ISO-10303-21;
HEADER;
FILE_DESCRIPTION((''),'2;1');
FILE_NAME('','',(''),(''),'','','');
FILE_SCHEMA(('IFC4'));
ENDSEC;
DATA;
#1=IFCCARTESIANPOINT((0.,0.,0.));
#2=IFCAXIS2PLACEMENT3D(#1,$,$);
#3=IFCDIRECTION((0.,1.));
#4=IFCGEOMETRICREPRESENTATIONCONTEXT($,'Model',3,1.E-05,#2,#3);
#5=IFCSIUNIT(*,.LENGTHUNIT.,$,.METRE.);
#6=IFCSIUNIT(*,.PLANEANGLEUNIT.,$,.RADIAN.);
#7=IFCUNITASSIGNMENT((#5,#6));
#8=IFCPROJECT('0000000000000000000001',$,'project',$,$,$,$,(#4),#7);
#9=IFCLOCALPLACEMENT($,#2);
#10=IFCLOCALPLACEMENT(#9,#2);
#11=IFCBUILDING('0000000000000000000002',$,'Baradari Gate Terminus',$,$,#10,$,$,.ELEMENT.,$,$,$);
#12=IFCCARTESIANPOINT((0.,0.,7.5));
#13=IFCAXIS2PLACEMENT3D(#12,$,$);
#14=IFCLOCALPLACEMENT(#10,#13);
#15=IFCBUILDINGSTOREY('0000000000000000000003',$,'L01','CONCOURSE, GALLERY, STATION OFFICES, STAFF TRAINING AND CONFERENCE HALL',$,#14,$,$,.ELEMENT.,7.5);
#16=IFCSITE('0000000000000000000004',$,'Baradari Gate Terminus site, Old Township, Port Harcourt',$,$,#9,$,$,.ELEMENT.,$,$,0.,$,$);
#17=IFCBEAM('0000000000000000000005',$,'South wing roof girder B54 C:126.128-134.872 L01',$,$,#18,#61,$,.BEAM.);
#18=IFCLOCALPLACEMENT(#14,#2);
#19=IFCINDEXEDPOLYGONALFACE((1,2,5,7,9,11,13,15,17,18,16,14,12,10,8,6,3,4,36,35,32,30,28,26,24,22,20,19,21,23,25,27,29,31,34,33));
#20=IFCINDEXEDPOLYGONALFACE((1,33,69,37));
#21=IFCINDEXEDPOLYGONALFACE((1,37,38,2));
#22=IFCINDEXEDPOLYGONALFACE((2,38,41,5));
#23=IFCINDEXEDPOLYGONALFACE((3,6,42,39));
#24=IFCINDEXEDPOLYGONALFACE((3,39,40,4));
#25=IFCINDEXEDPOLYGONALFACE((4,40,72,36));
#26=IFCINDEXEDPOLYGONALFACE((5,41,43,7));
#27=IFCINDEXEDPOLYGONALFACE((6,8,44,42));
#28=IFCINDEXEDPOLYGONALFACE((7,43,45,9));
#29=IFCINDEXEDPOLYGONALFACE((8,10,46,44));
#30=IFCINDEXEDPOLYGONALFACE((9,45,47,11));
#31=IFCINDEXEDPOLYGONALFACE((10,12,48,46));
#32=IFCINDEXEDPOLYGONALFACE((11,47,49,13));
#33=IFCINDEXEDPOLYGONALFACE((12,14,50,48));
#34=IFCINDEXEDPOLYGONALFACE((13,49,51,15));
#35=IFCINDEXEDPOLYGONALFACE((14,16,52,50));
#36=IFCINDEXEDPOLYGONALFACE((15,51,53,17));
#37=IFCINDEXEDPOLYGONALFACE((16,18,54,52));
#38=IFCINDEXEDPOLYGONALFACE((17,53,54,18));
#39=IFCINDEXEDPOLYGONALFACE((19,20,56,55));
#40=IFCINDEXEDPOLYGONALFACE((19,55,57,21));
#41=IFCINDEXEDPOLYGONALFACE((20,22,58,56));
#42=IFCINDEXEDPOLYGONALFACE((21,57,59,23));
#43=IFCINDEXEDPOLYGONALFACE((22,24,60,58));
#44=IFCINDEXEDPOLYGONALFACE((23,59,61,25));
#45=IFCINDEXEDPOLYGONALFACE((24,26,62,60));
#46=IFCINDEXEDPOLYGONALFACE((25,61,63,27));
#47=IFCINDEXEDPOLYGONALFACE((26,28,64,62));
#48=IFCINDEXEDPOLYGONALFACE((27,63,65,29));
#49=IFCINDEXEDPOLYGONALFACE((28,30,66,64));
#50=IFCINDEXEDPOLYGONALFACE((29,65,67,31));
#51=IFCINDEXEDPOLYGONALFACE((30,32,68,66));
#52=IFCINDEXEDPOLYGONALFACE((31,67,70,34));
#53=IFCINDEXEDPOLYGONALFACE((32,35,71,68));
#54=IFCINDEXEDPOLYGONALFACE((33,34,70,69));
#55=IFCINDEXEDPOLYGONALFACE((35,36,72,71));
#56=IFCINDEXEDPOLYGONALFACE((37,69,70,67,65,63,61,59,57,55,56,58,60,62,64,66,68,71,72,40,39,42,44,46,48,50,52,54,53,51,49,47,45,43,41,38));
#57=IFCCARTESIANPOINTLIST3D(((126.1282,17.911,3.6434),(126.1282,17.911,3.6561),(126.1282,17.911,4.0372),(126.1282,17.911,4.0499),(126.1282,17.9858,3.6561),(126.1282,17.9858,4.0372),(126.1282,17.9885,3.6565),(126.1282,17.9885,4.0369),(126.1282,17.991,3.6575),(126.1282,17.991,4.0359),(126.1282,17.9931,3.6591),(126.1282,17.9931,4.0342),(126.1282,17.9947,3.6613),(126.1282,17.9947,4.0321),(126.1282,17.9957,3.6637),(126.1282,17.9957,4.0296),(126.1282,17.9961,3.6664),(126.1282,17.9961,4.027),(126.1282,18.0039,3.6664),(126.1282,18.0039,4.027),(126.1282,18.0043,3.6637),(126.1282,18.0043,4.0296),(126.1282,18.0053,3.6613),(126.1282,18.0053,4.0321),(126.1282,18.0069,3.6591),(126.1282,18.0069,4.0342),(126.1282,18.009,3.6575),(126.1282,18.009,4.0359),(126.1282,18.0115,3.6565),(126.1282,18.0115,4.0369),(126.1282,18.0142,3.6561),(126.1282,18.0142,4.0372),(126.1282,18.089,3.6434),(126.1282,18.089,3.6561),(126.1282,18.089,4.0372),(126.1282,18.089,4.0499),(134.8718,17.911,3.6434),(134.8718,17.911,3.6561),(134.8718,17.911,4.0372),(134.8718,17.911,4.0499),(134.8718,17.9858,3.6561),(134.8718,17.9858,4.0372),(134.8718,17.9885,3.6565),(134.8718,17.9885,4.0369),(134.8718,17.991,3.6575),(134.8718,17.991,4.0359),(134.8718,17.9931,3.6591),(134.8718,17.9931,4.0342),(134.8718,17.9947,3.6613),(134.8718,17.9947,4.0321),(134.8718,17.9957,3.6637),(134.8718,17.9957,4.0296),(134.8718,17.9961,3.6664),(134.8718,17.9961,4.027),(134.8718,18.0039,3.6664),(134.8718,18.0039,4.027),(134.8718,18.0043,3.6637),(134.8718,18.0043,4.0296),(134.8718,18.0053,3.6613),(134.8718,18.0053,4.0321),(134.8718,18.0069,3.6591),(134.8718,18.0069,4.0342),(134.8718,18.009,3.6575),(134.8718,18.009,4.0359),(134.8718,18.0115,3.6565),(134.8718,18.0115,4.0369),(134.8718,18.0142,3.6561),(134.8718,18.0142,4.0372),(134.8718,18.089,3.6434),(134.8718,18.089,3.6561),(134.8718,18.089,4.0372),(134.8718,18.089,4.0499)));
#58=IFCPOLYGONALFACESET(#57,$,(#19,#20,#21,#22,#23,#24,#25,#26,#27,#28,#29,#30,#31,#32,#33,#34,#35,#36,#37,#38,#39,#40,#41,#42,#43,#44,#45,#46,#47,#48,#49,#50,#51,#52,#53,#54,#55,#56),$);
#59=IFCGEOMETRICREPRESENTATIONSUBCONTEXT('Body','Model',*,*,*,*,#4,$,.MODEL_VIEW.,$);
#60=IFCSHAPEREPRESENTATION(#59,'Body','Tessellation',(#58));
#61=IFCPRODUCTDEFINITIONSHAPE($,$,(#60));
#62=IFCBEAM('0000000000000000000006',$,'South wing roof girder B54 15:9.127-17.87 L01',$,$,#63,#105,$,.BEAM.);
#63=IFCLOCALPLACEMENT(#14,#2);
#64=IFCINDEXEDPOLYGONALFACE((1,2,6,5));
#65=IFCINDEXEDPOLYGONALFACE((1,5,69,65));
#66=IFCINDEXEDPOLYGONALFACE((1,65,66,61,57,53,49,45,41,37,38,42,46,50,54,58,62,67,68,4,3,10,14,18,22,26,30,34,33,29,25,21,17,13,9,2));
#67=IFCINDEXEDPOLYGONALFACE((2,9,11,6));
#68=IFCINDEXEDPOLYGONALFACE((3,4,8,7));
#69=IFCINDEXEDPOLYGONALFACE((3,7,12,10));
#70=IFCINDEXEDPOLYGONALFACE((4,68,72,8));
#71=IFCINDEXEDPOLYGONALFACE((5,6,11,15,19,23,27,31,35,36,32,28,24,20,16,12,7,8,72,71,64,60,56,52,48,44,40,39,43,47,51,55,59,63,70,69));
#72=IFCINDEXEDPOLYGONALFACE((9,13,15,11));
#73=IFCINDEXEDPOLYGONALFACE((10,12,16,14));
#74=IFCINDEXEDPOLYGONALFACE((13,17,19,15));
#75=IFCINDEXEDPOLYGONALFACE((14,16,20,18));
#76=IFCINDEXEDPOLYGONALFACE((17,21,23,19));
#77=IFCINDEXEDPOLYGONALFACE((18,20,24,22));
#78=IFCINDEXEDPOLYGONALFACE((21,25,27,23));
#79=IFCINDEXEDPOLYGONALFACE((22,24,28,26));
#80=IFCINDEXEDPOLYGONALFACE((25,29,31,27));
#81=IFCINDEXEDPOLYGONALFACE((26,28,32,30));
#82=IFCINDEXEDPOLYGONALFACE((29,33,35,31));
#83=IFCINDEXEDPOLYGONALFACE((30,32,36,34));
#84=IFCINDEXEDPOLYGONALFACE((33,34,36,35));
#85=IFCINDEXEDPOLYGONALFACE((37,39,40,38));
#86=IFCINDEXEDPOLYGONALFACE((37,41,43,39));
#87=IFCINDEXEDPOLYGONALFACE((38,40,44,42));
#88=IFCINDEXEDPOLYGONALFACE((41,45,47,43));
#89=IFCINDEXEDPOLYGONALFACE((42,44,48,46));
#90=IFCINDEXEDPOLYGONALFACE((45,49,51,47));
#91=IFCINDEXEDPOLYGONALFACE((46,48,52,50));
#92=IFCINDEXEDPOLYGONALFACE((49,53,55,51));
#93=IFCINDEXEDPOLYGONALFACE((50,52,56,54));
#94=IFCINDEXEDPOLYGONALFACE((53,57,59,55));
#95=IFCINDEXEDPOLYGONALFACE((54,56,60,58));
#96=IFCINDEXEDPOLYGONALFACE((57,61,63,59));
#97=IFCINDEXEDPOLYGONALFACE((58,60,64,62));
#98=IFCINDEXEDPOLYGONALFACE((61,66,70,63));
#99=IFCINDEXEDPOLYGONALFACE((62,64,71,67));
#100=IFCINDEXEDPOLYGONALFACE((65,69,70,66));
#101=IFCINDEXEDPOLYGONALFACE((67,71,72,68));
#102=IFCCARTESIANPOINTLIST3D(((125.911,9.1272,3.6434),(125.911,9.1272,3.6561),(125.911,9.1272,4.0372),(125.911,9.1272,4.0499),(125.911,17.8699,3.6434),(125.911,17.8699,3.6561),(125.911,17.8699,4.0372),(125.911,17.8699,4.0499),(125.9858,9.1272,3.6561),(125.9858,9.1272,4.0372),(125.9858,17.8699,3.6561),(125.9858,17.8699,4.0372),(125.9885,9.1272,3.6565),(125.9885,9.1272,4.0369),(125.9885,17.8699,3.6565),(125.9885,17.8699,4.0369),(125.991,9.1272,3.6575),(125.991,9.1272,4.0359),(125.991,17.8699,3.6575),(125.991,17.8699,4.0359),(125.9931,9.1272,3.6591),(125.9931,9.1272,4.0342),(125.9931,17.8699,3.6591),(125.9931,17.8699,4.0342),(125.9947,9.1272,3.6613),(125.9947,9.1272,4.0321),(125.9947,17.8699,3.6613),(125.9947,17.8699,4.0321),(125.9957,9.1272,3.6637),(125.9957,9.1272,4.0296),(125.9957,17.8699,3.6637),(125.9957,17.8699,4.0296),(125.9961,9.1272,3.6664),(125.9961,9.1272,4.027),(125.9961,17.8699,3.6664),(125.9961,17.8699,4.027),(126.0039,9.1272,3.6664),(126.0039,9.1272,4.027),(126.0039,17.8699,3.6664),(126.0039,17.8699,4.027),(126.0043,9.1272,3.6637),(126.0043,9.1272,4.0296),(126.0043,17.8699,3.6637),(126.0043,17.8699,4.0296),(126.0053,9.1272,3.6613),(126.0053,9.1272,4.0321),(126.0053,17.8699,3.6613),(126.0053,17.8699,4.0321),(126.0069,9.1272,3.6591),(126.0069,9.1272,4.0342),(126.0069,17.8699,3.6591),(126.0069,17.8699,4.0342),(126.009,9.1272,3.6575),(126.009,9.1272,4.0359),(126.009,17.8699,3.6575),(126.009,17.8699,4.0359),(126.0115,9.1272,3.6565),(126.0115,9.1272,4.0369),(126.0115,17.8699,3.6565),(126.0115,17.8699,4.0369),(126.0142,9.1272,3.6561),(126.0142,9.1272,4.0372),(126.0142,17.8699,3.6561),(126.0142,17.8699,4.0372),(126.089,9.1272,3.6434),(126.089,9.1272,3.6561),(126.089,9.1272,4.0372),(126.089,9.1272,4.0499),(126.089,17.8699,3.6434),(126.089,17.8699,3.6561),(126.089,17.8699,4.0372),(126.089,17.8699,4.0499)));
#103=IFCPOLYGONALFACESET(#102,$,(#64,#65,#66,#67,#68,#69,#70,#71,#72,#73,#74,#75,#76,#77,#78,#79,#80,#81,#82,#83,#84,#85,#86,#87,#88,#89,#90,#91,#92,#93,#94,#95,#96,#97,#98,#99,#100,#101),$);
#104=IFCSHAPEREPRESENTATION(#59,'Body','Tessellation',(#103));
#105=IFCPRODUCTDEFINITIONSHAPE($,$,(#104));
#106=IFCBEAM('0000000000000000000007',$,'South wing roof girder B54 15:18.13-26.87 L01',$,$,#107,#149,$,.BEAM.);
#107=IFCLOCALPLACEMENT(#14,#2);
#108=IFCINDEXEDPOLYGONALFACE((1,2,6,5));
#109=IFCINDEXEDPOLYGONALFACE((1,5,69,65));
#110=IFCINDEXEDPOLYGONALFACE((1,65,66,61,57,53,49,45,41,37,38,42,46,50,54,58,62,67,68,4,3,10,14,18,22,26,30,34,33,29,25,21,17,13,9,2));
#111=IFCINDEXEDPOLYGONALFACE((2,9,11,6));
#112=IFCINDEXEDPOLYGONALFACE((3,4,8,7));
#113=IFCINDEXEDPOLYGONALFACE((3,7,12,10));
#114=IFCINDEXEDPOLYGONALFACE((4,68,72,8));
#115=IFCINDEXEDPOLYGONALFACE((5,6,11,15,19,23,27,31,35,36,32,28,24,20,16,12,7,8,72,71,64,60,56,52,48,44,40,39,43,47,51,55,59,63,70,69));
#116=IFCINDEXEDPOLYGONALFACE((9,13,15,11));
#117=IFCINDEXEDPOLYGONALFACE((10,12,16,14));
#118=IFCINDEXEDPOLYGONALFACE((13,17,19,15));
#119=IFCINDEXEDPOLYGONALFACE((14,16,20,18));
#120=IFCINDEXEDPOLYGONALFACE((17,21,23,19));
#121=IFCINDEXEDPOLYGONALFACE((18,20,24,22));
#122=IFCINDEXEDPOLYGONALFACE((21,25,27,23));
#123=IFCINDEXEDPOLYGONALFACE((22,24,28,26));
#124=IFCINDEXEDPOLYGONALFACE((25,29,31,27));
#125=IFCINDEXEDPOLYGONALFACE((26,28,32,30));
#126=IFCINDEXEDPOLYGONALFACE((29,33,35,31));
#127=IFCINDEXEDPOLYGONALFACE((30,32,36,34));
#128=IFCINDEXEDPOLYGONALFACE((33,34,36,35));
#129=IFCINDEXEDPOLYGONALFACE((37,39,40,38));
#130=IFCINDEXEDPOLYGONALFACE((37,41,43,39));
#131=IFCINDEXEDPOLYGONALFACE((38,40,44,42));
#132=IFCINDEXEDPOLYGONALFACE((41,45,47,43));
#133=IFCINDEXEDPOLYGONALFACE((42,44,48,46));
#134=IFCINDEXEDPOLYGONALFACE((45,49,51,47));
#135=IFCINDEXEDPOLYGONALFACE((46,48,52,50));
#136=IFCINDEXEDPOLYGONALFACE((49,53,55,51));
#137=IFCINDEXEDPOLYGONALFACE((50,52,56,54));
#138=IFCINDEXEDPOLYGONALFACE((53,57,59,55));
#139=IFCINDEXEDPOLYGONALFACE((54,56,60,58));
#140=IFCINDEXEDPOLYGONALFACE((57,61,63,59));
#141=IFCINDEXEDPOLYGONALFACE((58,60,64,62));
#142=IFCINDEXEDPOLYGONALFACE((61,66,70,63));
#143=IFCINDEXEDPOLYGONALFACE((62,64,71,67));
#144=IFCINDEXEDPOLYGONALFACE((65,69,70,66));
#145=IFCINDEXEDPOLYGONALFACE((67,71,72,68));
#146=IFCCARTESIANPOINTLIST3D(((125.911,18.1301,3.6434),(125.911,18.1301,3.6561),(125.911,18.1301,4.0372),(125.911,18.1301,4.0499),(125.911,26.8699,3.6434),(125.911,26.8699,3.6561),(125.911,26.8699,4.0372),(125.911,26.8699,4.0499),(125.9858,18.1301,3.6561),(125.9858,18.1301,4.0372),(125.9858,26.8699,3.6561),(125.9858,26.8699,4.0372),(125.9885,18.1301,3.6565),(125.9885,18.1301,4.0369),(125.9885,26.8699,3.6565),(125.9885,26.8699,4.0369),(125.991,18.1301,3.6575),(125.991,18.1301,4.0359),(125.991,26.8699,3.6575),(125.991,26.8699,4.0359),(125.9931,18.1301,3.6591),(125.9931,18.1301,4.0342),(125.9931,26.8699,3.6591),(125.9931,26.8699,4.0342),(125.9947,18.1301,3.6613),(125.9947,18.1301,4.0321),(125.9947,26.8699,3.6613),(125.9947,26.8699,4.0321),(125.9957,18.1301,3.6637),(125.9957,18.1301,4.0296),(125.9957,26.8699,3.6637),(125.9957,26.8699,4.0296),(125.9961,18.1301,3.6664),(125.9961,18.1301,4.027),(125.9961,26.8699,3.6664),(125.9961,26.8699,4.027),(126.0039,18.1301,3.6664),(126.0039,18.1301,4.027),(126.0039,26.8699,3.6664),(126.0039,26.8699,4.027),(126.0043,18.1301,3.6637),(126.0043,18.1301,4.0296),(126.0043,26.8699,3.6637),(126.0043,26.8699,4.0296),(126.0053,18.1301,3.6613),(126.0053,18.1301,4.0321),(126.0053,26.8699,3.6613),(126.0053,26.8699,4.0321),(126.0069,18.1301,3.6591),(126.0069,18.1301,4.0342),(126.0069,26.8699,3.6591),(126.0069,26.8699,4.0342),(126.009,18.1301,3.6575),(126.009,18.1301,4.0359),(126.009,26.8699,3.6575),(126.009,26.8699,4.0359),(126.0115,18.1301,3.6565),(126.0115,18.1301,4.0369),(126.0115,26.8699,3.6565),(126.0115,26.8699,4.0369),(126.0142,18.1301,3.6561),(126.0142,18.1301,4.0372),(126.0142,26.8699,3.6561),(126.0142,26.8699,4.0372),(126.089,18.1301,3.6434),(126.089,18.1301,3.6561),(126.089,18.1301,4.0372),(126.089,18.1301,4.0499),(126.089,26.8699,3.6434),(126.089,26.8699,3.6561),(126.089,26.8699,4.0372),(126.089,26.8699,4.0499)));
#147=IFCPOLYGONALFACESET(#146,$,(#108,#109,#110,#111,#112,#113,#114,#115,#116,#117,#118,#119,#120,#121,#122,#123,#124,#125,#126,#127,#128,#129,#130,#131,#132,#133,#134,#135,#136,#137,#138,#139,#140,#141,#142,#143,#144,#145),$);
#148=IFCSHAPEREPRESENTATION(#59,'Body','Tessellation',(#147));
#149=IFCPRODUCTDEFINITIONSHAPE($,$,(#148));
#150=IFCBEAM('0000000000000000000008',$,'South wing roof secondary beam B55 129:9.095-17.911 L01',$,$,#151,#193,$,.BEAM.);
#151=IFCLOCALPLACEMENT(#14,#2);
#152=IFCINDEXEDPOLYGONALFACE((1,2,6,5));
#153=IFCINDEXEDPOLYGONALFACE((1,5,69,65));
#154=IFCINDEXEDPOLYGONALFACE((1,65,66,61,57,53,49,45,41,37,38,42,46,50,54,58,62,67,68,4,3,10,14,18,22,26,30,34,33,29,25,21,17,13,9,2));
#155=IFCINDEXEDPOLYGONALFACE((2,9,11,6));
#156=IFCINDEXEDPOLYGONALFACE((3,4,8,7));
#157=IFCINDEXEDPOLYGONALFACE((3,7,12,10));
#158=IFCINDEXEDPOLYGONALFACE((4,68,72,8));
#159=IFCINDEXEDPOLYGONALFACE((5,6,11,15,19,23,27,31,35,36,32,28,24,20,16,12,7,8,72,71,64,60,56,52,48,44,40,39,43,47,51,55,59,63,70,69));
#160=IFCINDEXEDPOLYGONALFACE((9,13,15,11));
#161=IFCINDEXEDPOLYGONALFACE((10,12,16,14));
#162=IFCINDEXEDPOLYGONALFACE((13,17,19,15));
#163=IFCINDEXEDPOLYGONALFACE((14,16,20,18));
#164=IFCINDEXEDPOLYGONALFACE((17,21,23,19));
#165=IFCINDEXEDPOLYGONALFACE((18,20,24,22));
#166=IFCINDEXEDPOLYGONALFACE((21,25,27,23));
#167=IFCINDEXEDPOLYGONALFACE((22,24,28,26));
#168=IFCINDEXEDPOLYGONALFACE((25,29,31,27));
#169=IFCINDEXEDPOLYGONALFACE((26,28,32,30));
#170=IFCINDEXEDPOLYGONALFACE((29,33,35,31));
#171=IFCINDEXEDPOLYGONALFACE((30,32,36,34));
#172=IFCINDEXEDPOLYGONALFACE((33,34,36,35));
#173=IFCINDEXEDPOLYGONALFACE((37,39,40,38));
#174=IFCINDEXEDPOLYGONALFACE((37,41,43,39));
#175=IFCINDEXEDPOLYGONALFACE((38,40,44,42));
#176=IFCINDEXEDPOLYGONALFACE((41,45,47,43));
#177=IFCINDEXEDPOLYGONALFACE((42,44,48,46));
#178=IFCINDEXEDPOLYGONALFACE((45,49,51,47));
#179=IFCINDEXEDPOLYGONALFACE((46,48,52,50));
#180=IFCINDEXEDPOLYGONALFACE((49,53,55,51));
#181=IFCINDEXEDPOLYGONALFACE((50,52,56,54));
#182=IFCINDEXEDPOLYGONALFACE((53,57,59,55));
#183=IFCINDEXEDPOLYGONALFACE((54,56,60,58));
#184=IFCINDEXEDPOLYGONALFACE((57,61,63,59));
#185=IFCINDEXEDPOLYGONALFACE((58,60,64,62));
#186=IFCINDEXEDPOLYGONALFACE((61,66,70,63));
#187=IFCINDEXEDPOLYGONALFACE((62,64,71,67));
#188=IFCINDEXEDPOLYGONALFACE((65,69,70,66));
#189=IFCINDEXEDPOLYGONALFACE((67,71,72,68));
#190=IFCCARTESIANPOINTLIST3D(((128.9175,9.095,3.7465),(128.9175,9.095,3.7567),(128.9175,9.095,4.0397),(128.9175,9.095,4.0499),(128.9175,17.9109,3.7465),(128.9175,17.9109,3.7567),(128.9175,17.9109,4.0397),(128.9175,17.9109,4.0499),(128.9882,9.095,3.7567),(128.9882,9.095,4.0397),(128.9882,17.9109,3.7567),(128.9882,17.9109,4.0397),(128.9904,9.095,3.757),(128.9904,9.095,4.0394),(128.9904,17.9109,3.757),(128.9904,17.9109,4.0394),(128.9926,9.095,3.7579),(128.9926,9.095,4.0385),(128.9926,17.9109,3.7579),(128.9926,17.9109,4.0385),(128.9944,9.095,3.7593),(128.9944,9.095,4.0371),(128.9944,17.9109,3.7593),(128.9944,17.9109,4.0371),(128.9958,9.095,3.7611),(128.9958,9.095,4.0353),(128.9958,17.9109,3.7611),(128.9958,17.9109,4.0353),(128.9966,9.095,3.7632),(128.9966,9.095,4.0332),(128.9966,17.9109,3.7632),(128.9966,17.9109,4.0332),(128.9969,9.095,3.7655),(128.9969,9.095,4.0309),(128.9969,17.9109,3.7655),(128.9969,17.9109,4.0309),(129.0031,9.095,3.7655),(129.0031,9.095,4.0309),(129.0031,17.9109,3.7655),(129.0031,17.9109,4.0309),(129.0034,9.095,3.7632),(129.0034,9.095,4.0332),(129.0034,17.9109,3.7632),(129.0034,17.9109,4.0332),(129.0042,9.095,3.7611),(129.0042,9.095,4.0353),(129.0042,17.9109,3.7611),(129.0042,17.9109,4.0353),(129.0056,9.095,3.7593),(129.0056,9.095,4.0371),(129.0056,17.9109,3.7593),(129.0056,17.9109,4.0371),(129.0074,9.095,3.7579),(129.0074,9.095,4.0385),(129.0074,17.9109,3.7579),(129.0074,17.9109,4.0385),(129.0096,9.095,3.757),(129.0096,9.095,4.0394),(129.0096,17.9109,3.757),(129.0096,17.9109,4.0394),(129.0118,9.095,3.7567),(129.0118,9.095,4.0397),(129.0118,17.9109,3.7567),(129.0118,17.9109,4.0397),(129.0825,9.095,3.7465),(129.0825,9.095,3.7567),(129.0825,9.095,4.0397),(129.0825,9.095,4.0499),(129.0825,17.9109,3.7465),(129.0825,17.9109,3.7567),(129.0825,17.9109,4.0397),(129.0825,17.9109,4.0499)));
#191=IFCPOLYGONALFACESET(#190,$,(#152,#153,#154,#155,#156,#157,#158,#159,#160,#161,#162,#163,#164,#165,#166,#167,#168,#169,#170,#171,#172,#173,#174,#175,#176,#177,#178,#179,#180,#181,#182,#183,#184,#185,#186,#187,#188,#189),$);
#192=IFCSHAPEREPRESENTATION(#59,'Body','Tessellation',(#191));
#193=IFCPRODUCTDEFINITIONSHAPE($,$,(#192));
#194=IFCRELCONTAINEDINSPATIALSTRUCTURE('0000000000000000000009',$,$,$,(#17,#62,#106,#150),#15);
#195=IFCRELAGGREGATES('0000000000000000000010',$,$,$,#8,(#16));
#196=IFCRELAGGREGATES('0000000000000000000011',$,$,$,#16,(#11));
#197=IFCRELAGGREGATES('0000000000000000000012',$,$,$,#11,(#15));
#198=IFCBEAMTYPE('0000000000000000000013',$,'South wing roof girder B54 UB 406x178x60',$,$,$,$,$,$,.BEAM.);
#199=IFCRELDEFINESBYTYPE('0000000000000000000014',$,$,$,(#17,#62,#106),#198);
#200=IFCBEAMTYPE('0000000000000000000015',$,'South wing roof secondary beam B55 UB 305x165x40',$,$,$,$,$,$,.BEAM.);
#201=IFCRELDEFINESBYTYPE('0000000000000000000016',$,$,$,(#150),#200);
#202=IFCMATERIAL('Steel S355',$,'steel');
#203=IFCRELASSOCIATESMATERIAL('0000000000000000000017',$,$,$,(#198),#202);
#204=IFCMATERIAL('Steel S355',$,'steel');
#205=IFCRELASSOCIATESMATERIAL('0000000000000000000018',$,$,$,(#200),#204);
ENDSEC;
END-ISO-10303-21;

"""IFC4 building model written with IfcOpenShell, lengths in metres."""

from ifc_helpers import new_model, si_unit, direction, frame, origin, origin_2d, place, context, subcontext, project, spatial, i_section, extrude, material, material_profile, profile_set, type_object, element, save


model = new_model("IFC4")

# Units and contexts
model_context = context("Model", 3, precision=1e-05, world=origin(), true_north=direction((0.0, 1.0)))
body_context = subcontext(model_context, "Body", "Model", "MODEL_VIEW")
ifc_project = project(units=[si_unit("LENGTHUNIT", "METRE"), si_unit("PLANEANGLEUNIT", "RADIAN")], contexts=[model_context])

# Site, building, storey
site_placement = place(None, origin())
site = spatial("IfcSite", under=ifc_project, at=site_placement, Name="Baradari Gate Terminus site, Old Township, Port Harcourt", CompositionType="ELEMENT", RefElevation=0.0)
building_placement = place(site_placement, origin())
building = spatial("IfcBuilding", under=site, at=building_placement, Name="Baradari Gate Terminus", CompositionType="ELEMENT")
storey_placement = place(building_placement, frame((0.0, 0.0, 7.5)))
storey = spatial("IfcBuildingStorey", under=building, at=storey_placement, Name="L01", Description="CONCOURSE, GALLERY, STATION OFFICES, STAFF TRAINING AND CONFERENCE HALL", CompositionType="ELEMENT", Elevation=7.5)

# Beams
ifc_material_1 = material(Name="Steel S355", Category="steel")
ifc_material_profile_1 = material_profile(ifc_material_1, i_section(OverallWidth=0.178, OverallDepth=0.4065, WebThickness=0.0078, FlangeThickness=0.0127, FilletRadius=0.0103, at=origin_2d()), Name="UB 406x178x60")
ifc_profile_set_1 = profile_set([ifc_material_profile_1], Name="Steel S355")
beam_type_1 = type_object("IfcBeamType", Name="South wing roof girder B54 UB 406x178x60", PredefinedType="BEAM", material=ifc_profile_set_1)
beam_1_placement = place(storey_placement, frame((126.1282, 18.0, 3.8467), z_axis=(1.0, 0.0, 0.0), x_axis=(0.0, 1.0, 0.0)))
element("IfcBeam", 1, at=beam_1_placement, inside=storey, type_object=beam_type_1, Name="South wing roof girder B54 C:126.128-134.872 L01", PredefinedType="BEAM", context=body_context, shape_type="SweptSolid", body=[
    extrude(i_section(OverallWidth=0.178, OverallDepth=0.4065, WebThickness=0.0078, FlangeThickness=0.0127, FilletRadius=0.0103, at=origin_2d()), origin(), (0.0, 0.0, 1.0), 8.7437),
])
beam_2_placement = place(storey_placement, frame((126.0, 9.1272, 3.8467), z_axis=(0.0, 1.0, 0.0), x_axis=(-1.0, 0.0, 0.0)))
element("IfcBeam", 2, at=beam_2_placement, inside=storey, type_object=beam_type_1, Name="South wing roof girder B54 15:9.127-17.87 L01", PredefinedType="BEAM", context=body_context, shape_type="SweptSolid", body=[
    extrude(i_section(OverallWidth=0.178, OverallDepth=0.4065, WebThickness=0.0078, FlangeThickness=0.0127, FilletRadius=0.0103, at=origin_2d()), origin(), (0.0, 0.0, 1.0), 8.7427),
])
beam_3_placement = place(storey_placement, frame((126.0, 18.1301, 3.8467), z_axis=(0.0, 1.0, 0.0), x_axis=(-1.0, 0.0, 0.0)))
element("IfcBeam", 3, at=beam_3_placement, inside=storey, type_object=beam_type_1, Name="South wing roof girder B54 15:18.13-26.87 L01", PredefinedType="BEAM", context=body_context, shape_type="SweptSolid", body=[
    extrude(i_section(OverallWidth=0.178, OverallDepth=0.4065, WebThickness=0.0078, FlangeThickness=0.0127, FilletRadius=0.0103, at=origin_2d()), origin(), (0.0, 0.0, 1.0), 8.7397),
])
ifc_material_2 = material(Name="Steel S355", Category="steel")
ifc_material_profile_2 = material_profile(ifc_material_2, i_section(OverallWidth=0.165, OverallDepth=0.3035, WebThickness=0.0061, FlangeThickness=0.0103, FilletRadius=0.0088, at=origin_2d()), Name="UB 305x165x40")
ifc_profile_set_2 = profile_set([ifc_material_profile_2], Name="Steel S355")
beam_type_2 = type_object("IfcBeamType", Name="South wing roof secondary beam B55 UB 305x165x40", PredefinedType="BEAM", material=ifc_profile_set_2)
beam_4_placement = place(storey_placement, frame((129.0, 9.095, 3.8982), z_axis=(0.0, 1.0, 0.0), x_axis=(-1.0, 0.0, 0.0)))
element("IfcBeam", 4, at=beam_4_placement, inside=storey, type_object=beam_type_2, Name="South wing roof secondary beam B55 129:9.095-17.911 L01", PredefinedType="BEAM", context=body_context, shape_type="SweptSolid", body=[
    extrude(i_section(OverallWidth=0.165, OverallDepth=0.3035, WebThickness=0.0061, FlangeThickness=0.0103, FilletRadius=0.0088, at=origin_2d()), origin(), (0.0, 0.0, 1.0), 8.8159),
])

save(model, "model.ifc")
